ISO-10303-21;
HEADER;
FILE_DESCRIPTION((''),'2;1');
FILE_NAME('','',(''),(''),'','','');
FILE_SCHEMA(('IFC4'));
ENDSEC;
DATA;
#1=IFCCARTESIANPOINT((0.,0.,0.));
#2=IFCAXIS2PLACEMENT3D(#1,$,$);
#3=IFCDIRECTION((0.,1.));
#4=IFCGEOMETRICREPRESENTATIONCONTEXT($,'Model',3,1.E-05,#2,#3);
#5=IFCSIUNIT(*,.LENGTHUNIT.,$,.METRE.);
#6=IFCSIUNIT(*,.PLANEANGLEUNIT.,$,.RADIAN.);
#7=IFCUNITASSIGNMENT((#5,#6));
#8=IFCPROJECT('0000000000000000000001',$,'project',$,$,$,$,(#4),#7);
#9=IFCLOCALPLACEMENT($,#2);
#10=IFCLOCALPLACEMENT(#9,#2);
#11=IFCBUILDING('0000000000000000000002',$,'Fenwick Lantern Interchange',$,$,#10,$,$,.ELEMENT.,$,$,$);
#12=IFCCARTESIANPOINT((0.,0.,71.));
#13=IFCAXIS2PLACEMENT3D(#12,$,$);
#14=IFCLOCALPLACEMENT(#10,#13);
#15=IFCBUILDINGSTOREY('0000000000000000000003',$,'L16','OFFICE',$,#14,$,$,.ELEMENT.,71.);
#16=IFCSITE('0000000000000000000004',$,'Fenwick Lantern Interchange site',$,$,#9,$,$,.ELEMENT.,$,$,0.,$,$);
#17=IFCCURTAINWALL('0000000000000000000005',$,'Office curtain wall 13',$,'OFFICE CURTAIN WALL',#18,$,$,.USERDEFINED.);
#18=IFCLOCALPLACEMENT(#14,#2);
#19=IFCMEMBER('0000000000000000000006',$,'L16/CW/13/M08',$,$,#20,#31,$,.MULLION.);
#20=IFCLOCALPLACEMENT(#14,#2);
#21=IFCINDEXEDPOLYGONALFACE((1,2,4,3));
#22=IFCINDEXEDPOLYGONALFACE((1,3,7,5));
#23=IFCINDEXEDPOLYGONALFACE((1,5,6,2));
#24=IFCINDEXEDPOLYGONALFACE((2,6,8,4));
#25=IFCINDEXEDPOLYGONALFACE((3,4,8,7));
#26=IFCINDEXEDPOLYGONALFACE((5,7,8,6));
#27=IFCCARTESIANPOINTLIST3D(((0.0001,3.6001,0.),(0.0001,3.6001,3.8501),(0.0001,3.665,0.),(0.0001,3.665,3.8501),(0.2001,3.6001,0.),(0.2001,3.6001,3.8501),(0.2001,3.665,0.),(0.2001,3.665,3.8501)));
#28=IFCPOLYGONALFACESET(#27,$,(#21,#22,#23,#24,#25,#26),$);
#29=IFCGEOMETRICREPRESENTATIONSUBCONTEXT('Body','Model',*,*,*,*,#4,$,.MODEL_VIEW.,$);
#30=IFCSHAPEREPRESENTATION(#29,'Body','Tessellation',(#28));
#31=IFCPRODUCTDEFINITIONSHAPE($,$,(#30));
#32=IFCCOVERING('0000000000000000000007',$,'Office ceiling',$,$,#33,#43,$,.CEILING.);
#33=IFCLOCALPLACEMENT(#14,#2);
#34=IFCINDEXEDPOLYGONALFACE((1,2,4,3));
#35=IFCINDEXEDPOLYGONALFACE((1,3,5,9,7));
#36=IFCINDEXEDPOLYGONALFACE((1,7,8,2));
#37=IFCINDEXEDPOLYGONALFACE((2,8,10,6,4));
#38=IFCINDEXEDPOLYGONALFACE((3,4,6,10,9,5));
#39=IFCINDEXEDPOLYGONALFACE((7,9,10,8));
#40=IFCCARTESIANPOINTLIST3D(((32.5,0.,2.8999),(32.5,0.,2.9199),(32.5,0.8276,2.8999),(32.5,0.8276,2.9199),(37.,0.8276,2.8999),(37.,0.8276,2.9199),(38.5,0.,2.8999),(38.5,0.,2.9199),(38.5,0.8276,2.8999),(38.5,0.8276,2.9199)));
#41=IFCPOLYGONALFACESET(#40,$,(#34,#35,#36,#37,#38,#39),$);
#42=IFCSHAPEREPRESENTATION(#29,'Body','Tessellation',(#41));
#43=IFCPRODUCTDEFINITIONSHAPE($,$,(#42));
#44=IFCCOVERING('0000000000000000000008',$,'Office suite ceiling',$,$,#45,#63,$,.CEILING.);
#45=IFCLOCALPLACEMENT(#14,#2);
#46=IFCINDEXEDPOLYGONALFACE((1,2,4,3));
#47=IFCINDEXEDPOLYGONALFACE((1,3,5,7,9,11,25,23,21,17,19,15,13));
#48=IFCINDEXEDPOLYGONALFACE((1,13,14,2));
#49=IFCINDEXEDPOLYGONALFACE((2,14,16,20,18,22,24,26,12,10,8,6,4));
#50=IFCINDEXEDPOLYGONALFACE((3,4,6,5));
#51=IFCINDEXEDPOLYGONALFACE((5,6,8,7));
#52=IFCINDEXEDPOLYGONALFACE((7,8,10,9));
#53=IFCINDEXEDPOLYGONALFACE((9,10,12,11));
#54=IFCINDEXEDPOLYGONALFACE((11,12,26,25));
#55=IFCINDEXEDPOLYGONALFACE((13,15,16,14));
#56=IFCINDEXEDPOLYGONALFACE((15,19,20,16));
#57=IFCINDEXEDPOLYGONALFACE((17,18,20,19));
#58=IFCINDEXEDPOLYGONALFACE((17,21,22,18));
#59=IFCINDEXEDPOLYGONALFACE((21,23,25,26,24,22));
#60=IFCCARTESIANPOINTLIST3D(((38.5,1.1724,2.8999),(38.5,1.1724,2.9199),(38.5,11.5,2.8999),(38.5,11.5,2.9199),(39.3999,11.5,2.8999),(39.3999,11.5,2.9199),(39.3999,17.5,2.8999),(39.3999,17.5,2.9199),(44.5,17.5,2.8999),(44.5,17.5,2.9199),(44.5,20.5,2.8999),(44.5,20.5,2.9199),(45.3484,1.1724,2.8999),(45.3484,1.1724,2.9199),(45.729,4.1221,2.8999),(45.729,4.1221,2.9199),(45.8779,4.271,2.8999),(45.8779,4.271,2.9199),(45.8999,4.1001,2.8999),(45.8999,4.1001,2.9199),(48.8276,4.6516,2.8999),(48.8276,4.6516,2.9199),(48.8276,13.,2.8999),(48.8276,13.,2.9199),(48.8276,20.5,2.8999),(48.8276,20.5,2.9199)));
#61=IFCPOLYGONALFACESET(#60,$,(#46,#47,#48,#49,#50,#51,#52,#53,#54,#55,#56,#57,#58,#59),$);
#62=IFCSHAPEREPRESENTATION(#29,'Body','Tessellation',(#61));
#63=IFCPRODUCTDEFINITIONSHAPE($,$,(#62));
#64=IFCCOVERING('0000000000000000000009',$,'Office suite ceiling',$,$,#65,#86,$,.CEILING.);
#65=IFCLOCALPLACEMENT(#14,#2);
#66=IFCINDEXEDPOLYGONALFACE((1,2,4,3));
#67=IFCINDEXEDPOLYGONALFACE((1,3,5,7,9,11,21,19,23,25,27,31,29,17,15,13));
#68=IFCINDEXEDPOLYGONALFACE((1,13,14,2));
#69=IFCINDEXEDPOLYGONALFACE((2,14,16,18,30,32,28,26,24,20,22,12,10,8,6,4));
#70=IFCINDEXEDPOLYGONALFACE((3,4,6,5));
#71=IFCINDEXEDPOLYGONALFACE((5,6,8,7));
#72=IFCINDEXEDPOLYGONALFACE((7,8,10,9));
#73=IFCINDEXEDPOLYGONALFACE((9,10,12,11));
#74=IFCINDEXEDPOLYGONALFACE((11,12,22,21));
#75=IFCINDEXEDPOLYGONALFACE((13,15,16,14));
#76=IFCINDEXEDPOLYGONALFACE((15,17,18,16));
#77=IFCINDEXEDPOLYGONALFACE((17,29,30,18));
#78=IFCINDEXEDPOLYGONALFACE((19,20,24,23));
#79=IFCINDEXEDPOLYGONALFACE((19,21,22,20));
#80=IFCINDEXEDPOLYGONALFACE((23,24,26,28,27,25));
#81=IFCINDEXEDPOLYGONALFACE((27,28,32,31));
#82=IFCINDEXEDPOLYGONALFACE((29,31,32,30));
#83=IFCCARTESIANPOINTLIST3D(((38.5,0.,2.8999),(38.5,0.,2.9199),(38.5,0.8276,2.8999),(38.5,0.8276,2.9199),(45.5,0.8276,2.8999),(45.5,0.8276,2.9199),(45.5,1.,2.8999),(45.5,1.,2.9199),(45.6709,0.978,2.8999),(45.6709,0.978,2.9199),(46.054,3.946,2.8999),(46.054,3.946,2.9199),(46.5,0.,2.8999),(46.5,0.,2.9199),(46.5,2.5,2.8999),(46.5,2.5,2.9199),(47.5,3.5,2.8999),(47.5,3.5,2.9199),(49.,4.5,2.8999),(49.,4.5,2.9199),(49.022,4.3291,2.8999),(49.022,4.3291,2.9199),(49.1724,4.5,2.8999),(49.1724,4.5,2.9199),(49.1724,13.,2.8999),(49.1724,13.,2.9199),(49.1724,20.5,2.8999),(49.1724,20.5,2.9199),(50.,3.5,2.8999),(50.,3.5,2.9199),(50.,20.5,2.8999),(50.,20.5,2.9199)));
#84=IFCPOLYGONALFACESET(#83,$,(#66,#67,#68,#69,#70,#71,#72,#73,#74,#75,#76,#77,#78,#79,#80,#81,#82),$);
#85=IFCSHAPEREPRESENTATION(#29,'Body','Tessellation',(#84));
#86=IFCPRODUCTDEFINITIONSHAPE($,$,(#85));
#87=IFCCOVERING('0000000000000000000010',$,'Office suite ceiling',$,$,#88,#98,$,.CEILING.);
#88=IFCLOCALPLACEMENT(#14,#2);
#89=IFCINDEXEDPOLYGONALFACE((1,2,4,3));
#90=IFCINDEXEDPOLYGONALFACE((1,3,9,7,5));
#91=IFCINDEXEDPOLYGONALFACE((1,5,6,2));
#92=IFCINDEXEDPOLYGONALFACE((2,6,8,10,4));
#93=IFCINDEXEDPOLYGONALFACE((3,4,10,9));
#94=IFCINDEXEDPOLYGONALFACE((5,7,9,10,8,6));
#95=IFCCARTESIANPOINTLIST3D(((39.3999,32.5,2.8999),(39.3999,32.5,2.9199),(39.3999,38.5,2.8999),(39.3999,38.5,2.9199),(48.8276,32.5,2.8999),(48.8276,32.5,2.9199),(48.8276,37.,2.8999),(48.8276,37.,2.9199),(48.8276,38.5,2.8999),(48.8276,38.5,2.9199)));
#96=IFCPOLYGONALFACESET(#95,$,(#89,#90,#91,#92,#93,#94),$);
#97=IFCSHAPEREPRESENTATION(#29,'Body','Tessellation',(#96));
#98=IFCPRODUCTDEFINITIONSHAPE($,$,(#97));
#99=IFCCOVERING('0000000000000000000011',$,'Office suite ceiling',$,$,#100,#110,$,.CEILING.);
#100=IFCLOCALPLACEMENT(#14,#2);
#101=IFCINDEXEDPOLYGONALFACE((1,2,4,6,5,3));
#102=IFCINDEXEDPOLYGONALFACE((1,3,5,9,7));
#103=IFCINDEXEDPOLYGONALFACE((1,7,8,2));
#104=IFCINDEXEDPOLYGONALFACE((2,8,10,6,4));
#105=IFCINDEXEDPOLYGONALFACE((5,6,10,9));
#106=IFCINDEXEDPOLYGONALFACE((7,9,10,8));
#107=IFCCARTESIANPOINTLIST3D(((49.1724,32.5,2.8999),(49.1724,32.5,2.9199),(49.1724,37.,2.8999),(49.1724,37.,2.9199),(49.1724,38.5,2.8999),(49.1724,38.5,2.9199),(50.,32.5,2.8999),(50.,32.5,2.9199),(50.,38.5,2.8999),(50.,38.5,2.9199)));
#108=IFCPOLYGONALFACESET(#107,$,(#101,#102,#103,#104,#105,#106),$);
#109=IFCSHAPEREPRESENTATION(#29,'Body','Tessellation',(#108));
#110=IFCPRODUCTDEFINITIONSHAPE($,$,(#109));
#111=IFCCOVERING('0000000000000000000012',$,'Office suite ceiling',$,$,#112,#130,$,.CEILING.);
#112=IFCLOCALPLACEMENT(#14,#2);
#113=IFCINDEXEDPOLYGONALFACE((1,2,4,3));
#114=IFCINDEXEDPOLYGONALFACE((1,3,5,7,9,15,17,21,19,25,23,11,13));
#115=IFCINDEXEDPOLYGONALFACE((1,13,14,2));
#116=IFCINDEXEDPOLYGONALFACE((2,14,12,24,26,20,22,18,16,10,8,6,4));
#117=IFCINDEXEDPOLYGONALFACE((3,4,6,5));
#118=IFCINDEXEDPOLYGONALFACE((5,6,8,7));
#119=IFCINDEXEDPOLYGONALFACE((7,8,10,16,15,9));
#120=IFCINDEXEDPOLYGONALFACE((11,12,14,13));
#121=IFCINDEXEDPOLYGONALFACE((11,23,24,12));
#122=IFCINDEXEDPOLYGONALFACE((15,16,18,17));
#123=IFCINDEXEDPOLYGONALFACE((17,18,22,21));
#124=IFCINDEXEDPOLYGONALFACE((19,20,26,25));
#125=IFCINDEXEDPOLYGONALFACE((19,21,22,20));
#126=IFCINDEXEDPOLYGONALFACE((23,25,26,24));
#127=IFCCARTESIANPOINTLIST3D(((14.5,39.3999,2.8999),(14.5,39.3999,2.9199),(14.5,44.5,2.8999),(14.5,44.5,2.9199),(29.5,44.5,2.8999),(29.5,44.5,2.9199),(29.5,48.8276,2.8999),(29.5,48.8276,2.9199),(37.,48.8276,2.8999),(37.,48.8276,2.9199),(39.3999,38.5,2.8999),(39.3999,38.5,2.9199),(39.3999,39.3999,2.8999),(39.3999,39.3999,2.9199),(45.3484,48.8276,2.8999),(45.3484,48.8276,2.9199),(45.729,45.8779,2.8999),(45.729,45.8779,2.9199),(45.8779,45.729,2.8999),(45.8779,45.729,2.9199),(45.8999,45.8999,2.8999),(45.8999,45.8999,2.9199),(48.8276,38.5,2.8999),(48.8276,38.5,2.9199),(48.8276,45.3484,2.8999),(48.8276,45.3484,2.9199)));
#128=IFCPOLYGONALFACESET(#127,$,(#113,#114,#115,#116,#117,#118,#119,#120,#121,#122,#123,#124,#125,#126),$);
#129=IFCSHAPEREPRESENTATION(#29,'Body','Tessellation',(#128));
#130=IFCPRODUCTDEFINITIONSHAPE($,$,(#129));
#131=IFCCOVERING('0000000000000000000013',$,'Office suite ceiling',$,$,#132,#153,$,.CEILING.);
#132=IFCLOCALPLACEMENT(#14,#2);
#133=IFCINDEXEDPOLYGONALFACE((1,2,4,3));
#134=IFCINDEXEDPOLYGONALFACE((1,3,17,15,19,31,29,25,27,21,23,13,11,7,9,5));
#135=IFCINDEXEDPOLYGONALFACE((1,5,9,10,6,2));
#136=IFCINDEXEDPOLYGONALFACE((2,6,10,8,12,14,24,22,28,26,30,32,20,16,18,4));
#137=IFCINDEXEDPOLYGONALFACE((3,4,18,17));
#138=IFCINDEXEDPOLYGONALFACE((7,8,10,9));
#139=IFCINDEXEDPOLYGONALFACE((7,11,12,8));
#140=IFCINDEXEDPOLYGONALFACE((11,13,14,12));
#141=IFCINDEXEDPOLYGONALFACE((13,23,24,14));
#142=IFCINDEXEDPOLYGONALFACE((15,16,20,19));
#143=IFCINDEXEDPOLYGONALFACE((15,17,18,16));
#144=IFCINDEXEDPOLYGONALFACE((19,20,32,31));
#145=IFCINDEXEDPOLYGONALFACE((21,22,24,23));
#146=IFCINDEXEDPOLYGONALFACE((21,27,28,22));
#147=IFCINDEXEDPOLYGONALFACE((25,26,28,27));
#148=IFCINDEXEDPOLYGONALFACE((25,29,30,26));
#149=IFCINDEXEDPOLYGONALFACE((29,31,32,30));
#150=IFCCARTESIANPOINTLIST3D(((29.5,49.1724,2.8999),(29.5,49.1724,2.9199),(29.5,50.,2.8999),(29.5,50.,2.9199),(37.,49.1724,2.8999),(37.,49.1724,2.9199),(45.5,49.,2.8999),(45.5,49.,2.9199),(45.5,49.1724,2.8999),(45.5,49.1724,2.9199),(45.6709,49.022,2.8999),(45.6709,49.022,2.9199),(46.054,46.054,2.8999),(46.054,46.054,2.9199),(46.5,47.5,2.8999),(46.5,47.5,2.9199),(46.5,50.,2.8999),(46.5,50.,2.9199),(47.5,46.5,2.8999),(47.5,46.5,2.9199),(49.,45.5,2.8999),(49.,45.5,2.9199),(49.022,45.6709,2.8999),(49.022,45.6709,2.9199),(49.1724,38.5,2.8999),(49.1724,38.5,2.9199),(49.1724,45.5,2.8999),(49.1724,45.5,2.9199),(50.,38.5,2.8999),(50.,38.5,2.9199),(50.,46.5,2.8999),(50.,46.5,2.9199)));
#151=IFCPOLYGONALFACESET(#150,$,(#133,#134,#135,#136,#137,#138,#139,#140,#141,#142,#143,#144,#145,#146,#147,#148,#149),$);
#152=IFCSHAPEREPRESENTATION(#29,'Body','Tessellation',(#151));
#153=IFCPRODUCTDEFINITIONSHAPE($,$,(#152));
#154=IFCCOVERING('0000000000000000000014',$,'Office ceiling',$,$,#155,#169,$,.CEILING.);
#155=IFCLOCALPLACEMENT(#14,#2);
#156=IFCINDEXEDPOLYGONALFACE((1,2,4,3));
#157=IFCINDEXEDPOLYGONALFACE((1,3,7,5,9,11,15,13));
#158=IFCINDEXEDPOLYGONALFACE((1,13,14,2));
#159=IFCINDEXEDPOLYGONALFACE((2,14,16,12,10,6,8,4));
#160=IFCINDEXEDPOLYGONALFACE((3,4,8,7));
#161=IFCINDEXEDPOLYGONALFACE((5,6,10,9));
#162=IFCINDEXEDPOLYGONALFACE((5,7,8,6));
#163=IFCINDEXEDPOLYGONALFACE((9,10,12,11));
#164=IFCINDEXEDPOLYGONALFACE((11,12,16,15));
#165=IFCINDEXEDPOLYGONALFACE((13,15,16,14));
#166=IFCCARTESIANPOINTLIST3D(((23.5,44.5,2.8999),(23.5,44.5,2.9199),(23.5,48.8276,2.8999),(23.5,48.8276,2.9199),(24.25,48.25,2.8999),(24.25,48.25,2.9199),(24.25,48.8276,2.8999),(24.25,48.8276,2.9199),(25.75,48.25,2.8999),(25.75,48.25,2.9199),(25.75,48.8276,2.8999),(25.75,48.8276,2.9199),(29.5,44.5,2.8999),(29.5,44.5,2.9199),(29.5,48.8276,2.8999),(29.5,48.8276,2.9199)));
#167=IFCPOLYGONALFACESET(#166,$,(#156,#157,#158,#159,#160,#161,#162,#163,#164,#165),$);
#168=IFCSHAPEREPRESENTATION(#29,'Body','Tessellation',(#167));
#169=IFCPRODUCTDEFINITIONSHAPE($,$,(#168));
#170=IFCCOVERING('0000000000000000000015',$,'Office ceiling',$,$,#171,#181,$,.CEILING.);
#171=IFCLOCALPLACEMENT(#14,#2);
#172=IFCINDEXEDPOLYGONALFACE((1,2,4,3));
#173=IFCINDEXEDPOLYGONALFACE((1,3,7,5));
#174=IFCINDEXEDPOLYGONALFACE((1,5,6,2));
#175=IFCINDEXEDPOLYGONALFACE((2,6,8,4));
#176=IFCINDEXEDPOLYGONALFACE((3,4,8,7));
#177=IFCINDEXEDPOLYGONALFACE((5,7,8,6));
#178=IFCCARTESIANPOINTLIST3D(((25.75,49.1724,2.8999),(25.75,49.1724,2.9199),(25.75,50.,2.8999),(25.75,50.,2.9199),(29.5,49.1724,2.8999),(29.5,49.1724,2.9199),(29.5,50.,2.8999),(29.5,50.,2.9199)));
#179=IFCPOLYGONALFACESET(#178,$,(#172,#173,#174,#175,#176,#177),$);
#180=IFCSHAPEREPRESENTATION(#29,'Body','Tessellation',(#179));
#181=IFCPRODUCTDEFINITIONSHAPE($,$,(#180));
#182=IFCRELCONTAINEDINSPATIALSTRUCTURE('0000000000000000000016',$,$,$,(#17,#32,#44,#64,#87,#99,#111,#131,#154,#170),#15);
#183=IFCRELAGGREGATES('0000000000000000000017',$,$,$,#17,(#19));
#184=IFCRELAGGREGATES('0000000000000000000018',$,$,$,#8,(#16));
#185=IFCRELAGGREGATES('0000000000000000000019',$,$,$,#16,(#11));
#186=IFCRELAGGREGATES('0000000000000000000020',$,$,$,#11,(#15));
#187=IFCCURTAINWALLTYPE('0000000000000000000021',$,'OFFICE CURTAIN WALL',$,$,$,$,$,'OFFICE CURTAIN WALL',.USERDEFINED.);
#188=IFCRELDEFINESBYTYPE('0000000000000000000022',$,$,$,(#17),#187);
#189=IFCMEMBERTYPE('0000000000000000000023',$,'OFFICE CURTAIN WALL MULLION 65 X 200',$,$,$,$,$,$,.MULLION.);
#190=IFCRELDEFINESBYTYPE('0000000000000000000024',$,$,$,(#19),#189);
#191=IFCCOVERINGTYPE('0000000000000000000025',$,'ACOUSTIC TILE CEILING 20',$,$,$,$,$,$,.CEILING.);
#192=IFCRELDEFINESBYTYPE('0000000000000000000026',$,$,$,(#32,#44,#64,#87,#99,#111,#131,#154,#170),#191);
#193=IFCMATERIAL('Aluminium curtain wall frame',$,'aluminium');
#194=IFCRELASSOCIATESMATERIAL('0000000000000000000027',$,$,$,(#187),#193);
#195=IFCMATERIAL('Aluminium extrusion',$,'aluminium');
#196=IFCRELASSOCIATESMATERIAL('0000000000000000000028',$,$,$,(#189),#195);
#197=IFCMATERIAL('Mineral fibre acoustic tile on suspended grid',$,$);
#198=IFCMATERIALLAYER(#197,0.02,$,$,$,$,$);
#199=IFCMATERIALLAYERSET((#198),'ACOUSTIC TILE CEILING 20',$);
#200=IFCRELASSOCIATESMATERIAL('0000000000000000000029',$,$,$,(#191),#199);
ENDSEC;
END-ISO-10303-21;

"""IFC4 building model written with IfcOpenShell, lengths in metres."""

from ifc_helpers import new_model, si_unit, direction, frame, origin, origin_2d, place, context, subcontext, project, spatial, polyline, rectangle, outline, extrude, material, layer, layer_set, material_profile, profile_set, type_object, element, aggregate, save


model = new_model("IFC4")

# Units and contexts
model_context = context("Model", 3, precision=1e-05, world=origin(), true_north=direction((0.0, 1.0)))
body_context = subcontext(model_context, "Body", "Model", "MODEL_VIEW")
ifc_project = project(units=[si_unit("LENGTHUNIT", "METRE"), si_unit("PLANEANGLEUNIT", "RADIAN")], contexts=[model_context])

# Site, building, storey
site_placement = place(None, origin())
site = spatial("IfcSite", under=ifc_project, at=site_placement, Name="Fenwick Lantern Interchange site", CompositionType="ELEMENT", RefElevation=0.0)
building_placement = place(site_placement, origin())
building = spatial("IfcBuilding", under=site, at=building_placement, Name="Fenwick Lantern Interchange", CompositionType="ELEMENT")
storey_placement = place(building_placement, frame((0.0, 0.0, 71.0)))
storey = spatial("IfcBuildingStorey", under=building, at=storey_placement, Name="L16", Description="OFFICE", CompositionType="ELEMENT", Elevation=71.0)

# Curtain wall, member
ifc_material_1 = material(Name="Aluminium curtain wall frame", Category="aluminium")
curtain_wall_type = type_object("IfcCurtainWallType", Name="OFFICE CURTAIN WALL", ElementType="OFFICE CURTAIN WALL", PredefinedType="USERDEFINED", material=ifc_material_1)
curtain_wall_placement = place(storey_placement, origin())
curtain_wall = element("IfcCurtainWall", 1, at=curtain_wall_placement, inside=storey, type_object=curtain_wall_type, Name="Office curtain wall 13", ObjectType="OFFICE CURTAIN WALL", PredefinedType="USERDEFINED")
ifc_material_2 = material(Name="Aluminium extrusion", Category="aluminium")
ifc_material_profile = material_profile(ifc_material_2, rectangle(XDim=0.2, YDim=0.0649, at=origin_2d()), Name="OFFICE CURTAIN WALL MULLION 65 X 200")
ifc_profile_set = profile_set([ifc_material_profile], Name="Aluminium extrusion")
member_type = type_object("IfcMemberType", Name="OFFICE CURTAIN WALL MULLION 65 X 200", PredefinedType="MULLION", material=ifc_profile_set)
member_placement = place(storey_placement, frame((0.1001, 3.6326, 0.0), z_axis=(0.0, 0.0, 1.0), x_axis=(1.0, 0.0, 0.0)))
member = element("IfcMember", 2, at=member_placement, type_object=member_type, Name="L16/CW/13/M08", PredefinedType="MULLION", context=body_context, shape_type="SweptSolid", body=[
    extrude(rectangle(XDim=0.2, YDim=0.0649, at=origin_2d()), origin(), (0.0, 0.0, 1.0), 3.8501),
])
aggregate(curtain_wall, [member])

# Coverings
ifc_material_3 = material(Name="Mineral fibre acoustic tile on suspended grid")
ifc_layer_1 = layer(ifc_material_3, 0.02)
ifc_layer_set_1 = layer_set([ifc_layer_1], Name="ACOUSTIC TILE CEILING 20")
covering_type_1 = type_object("IfcCoveringType", Name="ACOUSTIC TILE CEILING 20", PredefinedType="CEILING", material=ifc_layer_set_1)
covering_1_placement = place(storey_placement, frame((0.0, 0.0, 2.8999)))
element("IfcCovering", 3, at=covering_1_placement, inside=storey, type_object=covering_type_1, Name="Office ceiling", PredefinedType="CEILING", context=body_context, shape_type="SweptSolid", body=[
    extrude(outline(polyline([(38.5, 0.0), (38.5, 0.8276), (37.0, 0.8276), (32.5, 0.8276), (32.5, 0.0), (38.5, 0.0)])), origin(), (0.0, 0.0, 1.0), 0.02),
])
covering_2_placement = place(storey_placement, frame((0.0, 0.0, 2.8999)))
element("IfcCovering", 4, at=covering_2_placement, inside=storey, type_object=covering_type_1, Name="Office suite ceiling", PredefinedType="CEILING", context=body_context, shape_type="SweptSolid", body=[
    extrude(outline(polyline([(48.8276, 20.5), (44.5, 20.5), (44.5, 17.5), (39.3999, 17.5), (39.3999, 11.5), (38.5, 11.5), (38.5, 1.1724), (45.3484, 1.1724), (45.729, 4.1221), (45.8999, 4.1001), (45.8779, 4.271), (48.8276, 4.6516), (48.8276, 13.0), (48.8276, 20.5)])), origin(), (0.0, 0.0, 1.0), 0.02),
])
covering_3_placement = place(storey_placement, frame((0.0, 0.0, 2.8999)))
element("IfcCovering", 5, at=covering_3_placement, inside=storey, type_object=covering_type_1, Name="Office suite ceiling", PredefinedType="CEILING", context=body_context, shape_type="SweptSolid", body=[
    extrude(outline(polyline([(50.0, 20.5), (49.1724, 20.5), (49.1724, 13.0), (49.1724, 4.5), (49.0, 4.5), (49.022, 4.3291), (46.054, 3.946), (45.6709, 0.978), (45.5, 1.0), (45.5, 0.8276), (38.5, 0.8276), (38.5, 0.0), (46.5, 0.0), (46.5, 2.5), (47.5, 3.5), (50.0, 3.5), (50.0, 20.5)])), origin(), (0.0, 0.0, 1.0), 0.02),
])
covering_4_placement = place(storey_placement, frame((0.0, 0.0, 2.8999)))
element("IfcCovering", 6, at=covering_4_placement, inside=storey, type_object=covering_type_1, Name="Office suite ceiling", PredefinedType="CEILING", context=body_context, shape_type="SweptSolid", body=[
    extrude(outline(polyline([(39.3999, 32.5), (48.8276, 32.5), (48.8276, 37.0), (48.8276, 38.5), (39.3999, 38.5), (39.3999, 32.5)])), origin(), (0.0, 0.0, 1.0), 0.02),
])
covering_5_placement = place(storey_placement, frame((0.0, 0.0, 2.8999)))
element("IfcCovering", 7, at=covering_5_placement, inside=storey, type_object=covering_type_1, Name="Office suite ceiling", PredefinedType="CEILING", context=body_context, shape_type="SweptSolid", body=[
    extrude(outline(polyline([(50.0, 32.5), (50.0, 38.5), (49.1724, 38.5), (49.1724, 37.0), (49.1724, 32.5), (50.0, 32.5)])), origin(), (0.0, 0.0, 1.0), 0.02),
])
covering_6_placement = place(storey_placement, frame((0.0, 0.0, 2.8999)))
element("IfcCovering", 8, at=covering_6_placement, inside=storey, type_object=covering_type_1, Name="Office suite ceiling", PredefinedType="CEILING", context=body_context, shape_type="SweptSolid", body=[
    extrude(outline(polyline([(39.3999, 38.5), (48.8276, 38.5), (48.8276, 45.3484), (45.8779, 45.729), (45.8999, 45.8999), (45.729, 45.8779), (45.3484, 48.8276), (37.0, 48.8276), (29.5, 48.8276), (29.5, 44.5), (14.5, 44.5), (14.5, 39.3999), (39.3999, 39.3999), (39.3999, 38.5)])), origin(), (0.0, 0.0, 1.0), 0.02),
])
covering_7_placement = place(storey_placement, frame((0.0, 0.0, 2.8999)))
element("IfcCovering", 9, at=covering_7_placement, inside=storey, type_object=covering_type_1, Name="Office suite ceiling", PredefinedType="CEILING", context=body_context, shape_type="SweptSolid", body=[
    extrude(outline(polyline([(46.5, 50.0), (29.5, 50.0), (29.5, 49.1724), (37.0, 49.1724), (45.5, 49.1724), (45.5, 49.0), (45.6709, 49.022), (46.054, 46.054), (49.022, 45.6709), (49.0, 45.5), (49.1724, 45.5), (49.1724, 38.5), (50.0, 38.5), (50.0, 46.5), (47.5, 46.5), (46.5, 47.5), (46.5, 50.0)])), origin(), (0.0, 0.0, 1.0), 0.02),
])
covering_8_placement = place(storey_placement, frame((0.0, 0.0, 2.8999)))
element("IfcCovering", 10, at=covering_8_placement, inside=storey, type_object=covering_type_1, Name="Office ceiling", PredefinedType="CEILING", context=body_context, shape_type="SweptSolid", body=[
    extrude(outline(polyline([(29.5, 44.5), (29.5, 48.8276), (25.75, 48.8276), (25.75, 48.25), (24.25, 48.25), (24.25, 48.8276), (23.5, 48.8276), (23.5, 44.5), (29.5, 44.5)])), origin(), (0.0, 0.0, 1.0), 0.02),
])
covering_9_placement = place(storey_placement, frame((0.0, 0.0, 2.8999)))
element("IfcCovering", 11, at=covering_9_placement, inside=storey, type_object=covering_type_1, Name="Office ceiling", PredefinedType="CEILING", context=body_context, shape_type="SweptSolid", body=[
    extrude(outline(polyline([(29.5, 49.1724), (29.5, 50.0), (25.75, 50.0), (25.75, 49.1724), (29.5, 49.1724)])), origin(), (0.0, 0.0, 1.0), 0.02),
])

save(model, "model.ifc")
